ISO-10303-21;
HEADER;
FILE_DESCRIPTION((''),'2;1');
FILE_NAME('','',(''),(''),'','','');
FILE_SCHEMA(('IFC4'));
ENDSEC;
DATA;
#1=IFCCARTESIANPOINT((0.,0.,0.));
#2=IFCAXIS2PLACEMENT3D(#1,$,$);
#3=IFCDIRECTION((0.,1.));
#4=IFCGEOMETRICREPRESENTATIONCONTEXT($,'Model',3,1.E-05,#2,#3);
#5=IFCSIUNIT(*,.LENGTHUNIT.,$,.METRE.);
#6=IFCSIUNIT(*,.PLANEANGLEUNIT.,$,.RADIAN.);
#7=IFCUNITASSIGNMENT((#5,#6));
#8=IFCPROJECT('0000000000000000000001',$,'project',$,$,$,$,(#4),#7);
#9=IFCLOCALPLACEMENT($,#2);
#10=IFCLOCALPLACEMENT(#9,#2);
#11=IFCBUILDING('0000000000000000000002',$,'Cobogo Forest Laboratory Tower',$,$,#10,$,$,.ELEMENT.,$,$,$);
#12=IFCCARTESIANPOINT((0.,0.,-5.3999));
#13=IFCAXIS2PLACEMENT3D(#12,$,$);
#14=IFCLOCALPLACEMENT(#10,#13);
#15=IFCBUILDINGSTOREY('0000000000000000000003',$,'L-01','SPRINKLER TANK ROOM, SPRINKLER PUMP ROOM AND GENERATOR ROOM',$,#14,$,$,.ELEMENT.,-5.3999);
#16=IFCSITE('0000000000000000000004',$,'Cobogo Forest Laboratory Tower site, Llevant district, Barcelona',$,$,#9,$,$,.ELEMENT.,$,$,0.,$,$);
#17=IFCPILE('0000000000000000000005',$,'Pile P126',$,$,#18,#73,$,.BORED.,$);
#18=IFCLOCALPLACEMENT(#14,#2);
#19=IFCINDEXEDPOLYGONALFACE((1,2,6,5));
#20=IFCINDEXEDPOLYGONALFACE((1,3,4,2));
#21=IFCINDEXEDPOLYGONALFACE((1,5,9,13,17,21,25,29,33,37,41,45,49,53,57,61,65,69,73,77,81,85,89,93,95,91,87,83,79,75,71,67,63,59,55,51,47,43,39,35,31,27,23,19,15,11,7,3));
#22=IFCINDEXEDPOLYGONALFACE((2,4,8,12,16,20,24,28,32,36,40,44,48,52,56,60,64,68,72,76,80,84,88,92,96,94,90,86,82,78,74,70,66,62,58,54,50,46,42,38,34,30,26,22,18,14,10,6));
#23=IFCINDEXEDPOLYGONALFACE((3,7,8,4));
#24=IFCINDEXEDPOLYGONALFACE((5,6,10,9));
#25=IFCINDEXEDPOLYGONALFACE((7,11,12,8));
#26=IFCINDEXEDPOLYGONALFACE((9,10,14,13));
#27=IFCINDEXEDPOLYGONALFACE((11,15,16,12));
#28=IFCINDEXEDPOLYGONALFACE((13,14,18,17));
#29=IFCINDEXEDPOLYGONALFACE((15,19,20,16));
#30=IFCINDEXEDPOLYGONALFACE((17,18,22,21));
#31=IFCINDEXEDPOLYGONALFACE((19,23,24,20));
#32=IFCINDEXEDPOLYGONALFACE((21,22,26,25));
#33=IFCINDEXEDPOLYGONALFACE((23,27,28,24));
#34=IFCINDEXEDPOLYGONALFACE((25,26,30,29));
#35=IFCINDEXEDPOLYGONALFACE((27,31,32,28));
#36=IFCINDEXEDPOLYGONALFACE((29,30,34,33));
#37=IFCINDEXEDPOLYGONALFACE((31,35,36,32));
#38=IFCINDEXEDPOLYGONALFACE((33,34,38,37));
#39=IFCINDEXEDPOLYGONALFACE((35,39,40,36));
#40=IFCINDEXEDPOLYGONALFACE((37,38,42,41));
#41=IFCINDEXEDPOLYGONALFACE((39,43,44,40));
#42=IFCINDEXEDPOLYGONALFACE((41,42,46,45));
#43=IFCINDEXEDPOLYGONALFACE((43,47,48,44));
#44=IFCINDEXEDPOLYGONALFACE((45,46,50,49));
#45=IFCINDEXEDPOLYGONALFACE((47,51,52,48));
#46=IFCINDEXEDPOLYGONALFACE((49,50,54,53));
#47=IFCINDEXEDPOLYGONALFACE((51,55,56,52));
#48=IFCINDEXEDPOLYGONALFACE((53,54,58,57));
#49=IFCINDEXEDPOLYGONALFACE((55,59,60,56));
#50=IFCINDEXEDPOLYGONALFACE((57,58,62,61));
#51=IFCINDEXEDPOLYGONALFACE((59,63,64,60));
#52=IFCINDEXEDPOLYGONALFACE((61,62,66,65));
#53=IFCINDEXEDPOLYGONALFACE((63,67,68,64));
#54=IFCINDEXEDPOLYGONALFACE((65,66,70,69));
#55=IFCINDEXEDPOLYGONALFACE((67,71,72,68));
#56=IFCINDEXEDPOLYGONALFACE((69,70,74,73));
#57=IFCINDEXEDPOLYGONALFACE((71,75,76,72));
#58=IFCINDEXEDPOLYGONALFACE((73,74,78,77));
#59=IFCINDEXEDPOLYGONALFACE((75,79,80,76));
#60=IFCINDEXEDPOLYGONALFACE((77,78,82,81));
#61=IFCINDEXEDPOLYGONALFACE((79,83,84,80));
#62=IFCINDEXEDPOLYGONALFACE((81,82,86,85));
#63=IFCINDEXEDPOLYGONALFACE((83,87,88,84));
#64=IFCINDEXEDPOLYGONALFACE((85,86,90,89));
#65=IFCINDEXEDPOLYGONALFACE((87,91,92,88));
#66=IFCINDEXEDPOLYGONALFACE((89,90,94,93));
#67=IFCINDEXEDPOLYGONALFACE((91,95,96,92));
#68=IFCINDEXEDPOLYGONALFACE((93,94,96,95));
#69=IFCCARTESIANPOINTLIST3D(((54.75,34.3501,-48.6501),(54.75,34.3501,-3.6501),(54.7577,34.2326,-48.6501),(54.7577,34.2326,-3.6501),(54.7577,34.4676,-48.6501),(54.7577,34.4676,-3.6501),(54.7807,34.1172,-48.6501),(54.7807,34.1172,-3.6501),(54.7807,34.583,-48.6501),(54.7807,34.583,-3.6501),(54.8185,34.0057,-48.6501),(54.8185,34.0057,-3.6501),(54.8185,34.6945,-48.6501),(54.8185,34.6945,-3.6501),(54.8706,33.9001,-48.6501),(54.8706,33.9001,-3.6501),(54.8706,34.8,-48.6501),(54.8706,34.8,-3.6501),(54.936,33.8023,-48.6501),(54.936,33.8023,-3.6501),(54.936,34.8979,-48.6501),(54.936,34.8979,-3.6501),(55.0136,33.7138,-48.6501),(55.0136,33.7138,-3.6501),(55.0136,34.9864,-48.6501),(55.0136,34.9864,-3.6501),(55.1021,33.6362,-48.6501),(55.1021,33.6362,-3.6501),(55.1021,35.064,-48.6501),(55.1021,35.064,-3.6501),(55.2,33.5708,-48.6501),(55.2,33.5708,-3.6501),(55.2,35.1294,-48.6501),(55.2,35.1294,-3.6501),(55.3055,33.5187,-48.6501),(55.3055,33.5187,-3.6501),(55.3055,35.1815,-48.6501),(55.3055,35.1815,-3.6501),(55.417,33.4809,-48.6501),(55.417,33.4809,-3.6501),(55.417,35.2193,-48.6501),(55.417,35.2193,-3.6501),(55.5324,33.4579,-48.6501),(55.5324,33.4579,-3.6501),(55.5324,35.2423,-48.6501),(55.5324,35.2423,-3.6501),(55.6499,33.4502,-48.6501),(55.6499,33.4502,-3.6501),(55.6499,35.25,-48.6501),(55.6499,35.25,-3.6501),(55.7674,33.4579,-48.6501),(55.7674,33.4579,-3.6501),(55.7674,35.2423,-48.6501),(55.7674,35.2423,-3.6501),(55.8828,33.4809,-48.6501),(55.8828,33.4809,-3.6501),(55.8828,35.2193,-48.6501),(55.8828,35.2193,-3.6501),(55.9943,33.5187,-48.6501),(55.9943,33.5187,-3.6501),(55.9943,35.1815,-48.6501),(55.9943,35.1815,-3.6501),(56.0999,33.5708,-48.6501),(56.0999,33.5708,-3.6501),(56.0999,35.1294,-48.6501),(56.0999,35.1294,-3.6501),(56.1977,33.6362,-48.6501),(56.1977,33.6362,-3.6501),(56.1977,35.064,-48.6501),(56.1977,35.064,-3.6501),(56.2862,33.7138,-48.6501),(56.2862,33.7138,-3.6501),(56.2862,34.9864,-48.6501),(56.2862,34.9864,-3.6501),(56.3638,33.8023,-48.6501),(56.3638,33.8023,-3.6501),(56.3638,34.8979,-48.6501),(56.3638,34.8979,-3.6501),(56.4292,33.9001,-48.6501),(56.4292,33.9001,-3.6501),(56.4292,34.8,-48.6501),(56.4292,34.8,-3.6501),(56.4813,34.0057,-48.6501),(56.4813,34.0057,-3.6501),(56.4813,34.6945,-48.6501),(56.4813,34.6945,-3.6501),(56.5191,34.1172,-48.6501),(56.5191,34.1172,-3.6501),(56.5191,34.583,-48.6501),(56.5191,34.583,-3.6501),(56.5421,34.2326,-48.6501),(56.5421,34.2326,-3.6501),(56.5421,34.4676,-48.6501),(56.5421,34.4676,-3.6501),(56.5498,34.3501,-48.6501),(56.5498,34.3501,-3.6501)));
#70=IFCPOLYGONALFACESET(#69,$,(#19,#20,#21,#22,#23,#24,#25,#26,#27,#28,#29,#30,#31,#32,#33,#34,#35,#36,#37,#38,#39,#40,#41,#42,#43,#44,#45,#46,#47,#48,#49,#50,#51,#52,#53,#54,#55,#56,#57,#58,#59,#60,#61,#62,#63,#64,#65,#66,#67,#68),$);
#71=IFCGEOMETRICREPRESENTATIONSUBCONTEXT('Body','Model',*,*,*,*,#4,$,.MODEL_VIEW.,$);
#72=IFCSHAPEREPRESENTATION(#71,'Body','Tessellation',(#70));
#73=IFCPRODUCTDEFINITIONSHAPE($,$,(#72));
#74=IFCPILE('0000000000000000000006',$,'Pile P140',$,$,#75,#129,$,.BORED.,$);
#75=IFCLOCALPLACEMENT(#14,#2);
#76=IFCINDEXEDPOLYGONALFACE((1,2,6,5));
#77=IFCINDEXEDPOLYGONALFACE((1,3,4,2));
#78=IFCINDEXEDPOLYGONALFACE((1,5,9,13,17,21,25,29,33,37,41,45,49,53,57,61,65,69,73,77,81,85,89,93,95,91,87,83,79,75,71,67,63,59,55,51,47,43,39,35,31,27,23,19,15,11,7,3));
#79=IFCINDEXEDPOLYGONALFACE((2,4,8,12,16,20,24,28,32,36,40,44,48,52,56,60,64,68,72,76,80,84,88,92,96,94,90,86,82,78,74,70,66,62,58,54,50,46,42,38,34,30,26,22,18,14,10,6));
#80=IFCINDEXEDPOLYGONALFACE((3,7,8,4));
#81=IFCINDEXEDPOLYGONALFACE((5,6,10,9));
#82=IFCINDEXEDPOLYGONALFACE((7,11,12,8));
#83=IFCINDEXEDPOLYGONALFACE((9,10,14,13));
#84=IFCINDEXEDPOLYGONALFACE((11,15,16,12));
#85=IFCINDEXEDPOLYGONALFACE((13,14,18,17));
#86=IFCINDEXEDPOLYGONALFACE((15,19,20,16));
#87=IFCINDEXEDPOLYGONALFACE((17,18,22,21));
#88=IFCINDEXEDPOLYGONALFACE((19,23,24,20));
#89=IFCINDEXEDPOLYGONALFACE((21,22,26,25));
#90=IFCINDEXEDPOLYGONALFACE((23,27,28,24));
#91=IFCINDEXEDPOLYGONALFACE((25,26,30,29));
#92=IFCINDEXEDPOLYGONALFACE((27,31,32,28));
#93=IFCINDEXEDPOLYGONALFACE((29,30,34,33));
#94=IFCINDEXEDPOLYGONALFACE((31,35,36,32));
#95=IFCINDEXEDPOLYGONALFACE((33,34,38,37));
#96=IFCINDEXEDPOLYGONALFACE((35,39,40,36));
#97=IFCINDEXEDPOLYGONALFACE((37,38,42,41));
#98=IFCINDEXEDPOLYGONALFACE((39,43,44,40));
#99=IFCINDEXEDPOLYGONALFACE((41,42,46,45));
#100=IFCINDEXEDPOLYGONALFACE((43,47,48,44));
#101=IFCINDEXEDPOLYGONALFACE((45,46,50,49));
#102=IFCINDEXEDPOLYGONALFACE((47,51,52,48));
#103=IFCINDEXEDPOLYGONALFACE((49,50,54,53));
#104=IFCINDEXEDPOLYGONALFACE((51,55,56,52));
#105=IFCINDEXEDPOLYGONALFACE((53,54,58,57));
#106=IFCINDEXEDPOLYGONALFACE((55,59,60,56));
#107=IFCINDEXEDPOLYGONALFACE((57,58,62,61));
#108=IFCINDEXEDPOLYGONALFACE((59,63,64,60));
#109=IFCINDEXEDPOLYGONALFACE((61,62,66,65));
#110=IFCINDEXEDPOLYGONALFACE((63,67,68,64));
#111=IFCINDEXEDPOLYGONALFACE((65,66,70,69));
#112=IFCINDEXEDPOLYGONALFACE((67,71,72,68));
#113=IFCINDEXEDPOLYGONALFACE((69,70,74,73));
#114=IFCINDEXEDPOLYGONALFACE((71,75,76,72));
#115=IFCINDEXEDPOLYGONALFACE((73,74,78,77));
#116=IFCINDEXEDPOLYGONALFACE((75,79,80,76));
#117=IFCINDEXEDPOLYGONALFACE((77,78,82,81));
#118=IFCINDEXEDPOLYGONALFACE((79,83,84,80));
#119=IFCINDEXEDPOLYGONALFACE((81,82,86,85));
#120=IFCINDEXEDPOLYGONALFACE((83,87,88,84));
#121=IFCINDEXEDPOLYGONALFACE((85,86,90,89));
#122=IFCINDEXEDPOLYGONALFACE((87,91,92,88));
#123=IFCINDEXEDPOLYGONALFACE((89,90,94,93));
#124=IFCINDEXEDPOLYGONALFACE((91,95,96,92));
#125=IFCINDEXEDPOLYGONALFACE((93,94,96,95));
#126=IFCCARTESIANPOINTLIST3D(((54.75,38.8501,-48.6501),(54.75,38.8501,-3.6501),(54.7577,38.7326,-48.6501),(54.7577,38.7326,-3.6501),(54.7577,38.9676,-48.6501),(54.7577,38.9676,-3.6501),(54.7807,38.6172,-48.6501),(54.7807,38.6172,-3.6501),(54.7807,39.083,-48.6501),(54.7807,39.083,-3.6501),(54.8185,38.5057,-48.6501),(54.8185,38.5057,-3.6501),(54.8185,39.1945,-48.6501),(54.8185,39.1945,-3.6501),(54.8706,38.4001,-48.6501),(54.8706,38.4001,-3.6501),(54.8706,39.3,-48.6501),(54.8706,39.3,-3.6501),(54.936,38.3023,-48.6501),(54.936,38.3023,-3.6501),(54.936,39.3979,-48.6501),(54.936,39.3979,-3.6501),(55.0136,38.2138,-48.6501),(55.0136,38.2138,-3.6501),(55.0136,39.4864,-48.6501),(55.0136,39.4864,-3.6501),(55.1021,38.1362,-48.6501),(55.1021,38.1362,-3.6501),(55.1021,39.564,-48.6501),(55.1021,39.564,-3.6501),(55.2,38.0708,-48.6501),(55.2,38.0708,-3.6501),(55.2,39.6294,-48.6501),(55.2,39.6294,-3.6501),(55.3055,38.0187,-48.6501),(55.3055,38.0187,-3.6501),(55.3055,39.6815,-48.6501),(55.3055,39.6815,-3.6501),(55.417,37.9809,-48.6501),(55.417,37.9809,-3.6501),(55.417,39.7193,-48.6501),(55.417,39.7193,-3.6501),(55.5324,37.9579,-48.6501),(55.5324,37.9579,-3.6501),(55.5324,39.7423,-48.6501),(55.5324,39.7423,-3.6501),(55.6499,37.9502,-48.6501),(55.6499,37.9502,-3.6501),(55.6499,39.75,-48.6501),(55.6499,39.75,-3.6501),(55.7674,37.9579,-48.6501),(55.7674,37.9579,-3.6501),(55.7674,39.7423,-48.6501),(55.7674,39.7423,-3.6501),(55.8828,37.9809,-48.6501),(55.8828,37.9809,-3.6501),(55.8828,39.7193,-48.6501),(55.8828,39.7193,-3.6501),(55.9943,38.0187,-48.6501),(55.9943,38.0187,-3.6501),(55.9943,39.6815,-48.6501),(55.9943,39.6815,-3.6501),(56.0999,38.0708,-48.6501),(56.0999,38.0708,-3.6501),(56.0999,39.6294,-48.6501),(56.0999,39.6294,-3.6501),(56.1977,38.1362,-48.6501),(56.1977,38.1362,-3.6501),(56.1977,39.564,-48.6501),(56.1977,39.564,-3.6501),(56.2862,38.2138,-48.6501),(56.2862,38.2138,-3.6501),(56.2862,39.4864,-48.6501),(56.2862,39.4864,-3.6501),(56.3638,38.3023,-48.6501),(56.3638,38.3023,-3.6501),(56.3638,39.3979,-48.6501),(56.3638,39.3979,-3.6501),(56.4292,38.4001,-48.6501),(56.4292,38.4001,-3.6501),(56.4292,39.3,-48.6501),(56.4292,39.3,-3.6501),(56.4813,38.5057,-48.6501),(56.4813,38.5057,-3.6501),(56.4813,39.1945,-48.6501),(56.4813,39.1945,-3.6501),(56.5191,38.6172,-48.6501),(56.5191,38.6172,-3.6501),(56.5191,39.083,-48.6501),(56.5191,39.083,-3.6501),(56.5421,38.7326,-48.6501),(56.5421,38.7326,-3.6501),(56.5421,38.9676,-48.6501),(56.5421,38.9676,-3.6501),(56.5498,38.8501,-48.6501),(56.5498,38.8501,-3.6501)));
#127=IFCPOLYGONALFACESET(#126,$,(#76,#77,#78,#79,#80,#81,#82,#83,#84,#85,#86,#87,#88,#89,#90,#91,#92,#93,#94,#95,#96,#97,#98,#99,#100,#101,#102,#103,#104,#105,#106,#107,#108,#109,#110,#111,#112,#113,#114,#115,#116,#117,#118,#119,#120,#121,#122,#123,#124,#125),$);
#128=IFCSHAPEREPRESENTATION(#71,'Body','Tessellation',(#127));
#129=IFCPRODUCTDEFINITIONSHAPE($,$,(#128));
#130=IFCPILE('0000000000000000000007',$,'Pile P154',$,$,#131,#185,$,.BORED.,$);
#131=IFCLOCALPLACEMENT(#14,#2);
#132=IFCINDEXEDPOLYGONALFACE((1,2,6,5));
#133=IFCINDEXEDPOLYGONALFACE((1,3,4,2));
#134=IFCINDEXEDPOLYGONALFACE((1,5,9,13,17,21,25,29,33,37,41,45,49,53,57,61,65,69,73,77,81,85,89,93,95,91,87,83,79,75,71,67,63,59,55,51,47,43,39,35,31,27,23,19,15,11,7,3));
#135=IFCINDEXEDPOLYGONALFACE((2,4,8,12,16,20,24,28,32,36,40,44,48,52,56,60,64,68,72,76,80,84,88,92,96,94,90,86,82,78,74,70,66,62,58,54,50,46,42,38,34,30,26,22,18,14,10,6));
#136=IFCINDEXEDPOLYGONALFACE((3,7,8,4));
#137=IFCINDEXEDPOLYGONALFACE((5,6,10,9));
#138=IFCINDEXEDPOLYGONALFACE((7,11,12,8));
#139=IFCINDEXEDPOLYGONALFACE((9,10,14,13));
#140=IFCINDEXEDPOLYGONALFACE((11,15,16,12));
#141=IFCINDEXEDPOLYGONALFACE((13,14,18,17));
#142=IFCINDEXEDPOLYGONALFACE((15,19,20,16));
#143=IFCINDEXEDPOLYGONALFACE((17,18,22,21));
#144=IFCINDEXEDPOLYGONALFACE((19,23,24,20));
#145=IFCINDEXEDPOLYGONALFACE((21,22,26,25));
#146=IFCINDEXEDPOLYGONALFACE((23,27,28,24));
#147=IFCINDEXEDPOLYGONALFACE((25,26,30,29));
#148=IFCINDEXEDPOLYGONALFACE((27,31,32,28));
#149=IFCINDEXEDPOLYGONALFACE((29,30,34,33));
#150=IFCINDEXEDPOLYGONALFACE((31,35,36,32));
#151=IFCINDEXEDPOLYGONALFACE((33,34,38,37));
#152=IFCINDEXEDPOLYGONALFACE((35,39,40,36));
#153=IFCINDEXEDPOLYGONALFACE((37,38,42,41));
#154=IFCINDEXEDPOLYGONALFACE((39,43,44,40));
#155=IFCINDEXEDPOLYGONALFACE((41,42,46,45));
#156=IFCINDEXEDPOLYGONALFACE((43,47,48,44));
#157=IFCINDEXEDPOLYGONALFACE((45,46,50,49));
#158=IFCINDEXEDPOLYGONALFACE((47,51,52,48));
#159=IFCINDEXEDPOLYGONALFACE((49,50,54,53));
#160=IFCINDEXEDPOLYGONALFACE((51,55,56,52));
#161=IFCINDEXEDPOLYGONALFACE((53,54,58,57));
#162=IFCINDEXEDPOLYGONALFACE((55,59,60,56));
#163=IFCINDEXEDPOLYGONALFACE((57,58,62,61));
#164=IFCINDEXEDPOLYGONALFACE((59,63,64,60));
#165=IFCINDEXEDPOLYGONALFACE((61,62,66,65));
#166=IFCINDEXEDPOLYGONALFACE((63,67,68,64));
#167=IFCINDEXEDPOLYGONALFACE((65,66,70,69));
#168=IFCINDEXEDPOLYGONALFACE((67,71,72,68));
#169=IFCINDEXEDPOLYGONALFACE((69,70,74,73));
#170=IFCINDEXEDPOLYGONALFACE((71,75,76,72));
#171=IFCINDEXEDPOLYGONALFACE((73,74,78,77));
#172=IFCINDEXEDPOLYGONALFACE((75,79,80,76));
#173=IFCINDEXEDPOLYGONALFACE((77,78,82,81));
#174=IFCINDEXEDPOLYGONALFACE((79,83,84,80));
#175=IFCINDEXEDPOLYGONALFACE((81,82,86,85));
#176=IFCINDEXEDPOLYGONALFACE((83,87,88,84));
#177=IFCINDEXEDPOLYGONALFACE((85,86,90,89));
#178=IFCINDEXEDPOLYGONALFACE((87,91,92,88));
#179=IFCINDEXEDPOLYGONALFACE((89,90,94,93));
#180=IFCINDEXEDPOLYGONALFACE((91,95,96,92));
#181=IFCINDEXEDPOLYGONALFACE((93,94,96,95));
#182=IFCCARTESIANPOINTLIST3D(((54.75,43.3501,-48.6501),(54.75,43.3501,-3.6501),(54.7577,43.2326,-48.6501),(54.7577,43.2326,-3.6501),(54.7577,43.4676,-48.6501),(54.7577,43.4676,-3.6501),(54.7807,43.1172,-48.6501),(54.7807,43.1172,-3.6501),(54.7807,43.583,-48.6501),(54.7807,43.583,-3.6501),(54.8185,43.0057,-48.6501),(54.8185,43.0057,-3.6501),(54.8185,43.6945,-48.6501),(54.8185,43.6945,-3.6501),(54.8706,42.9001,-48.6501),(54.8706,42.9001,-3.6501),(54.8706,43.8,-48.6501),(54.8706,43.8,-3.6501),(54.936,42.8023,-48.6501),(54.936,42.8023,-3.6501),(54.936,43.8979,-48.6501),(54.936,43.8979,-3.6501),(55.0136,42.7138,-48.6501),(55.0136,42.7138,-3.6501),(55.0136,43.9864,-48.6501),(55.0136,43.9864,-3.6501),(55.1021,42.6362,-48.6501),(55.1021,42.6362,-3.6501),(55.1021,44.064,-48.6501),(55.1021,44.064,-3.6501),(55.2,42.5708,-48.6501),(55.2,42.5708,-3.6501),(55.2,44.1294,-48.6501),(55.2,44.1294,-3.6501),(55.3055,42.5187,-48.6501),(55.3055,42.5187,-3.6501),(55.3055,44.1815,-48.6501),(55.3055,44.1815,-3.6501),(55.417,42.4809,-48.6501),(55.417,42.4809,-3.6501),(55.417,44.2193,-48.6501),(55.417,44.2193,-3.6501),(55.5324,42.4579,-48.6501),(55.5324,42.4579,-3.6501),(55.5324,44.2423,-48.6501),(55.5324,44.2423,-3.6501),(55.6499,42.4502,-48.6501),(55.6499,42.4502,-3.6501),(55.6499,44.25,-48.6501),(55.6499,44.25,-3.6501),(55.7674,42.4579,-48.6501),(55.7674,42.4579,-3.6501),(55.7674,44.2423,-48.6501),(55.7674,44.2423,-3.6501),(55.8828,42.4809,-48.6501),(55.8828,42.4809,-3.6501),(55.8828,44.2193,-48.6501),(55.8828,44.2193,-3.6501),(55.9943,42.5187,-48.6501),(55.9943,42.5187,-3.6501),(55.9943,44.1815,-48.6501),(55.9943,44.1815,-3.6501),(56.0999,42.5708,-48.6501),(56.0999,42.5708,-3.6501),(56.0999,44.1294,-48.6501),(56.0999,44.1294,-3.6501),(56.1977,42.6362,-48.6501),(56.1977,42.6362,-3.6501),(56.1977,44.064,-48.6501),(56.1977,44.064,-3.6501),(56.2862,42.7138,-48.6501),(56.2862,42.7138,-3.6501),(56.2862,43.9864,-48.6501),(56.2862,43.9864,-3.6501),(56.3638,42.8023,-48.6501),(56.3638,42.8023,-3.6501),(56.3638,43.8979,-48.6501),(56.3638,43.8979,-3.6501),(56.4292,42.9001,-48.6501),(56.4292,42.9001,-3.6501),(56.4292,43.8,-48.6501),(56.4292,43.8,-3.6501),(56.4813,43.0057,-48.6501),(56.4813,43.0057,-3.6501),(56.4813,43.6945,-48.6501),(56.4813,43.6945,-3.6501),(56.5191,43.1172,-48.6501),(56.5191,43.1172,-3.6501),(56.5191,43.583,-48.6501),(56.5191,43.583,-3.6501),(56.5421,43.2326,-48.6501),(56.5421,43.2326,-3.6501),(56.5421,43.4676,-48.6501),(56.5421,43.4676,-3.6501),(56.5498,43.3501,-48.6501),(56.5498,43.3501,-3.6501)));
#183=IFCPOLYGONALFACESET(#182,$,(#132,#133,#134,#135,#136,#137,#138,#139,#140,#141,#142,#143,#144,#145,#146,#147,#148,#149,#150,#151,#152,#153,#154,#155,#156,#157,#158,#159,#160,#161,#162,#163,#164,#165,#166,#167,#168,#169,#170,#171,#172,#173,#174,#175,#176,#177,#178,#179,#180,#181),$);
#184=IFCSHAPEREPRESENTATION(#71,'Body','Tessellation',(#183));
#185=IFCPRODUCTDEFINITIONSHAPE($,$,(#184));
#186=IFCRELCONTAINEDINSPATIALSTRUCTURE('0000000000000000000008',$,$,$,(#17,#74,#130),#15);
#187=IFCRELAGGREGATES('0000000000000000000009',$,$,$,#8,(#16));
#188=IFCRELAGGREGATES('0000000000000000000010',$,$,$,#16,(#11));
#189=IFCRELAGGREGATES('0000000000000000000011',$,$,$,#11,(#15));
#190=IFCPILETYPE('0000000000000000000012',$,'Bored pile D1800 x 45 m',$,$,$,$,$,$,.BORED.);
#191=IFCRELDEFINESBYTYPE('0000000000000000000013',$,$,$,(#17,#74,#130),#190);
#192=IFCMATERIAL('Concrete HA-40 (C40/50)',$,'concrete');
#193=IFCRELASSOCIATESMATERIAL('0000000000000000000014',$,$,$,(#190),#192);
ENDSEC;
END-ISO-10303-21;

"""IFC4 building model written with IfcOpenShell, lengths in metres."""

from ifc_helpers import new_model, si_unit, direction, frame, origin, origin_2d, place, context, subcontext, project, spatial, circle, extrude, material, material_profile, profile_set, type_object, element, save


model = new_model("IFC4")

# Units and contexts
model_context = context("Model", 3, precision=1e-05, world=origin(), true_north=direction((0.0, 1.0)))
body_context = subcontext(model_context, "Body", "Model", "MODEL_VIEW")
ifc_project = project(units=[si_unit("LENGTHUNIT", "METRE"), si_unit("PLANEANGLEUNIT", "RADIAN")], contexts=[model_context])

# Site, building, storey
site_placement = place(None, origin())
site = spatial("IfcSite", under=ifc_project, at=site_placement, Name="Cobogo Forest Laboratory Tower site, Llevant district, Barcelona", CompositionType="ELEMENT", RefElevation=0.0)
building_placement = place(site_placement, origin())
building = spatial("IfcBuilding", under=site, at=building_placement, Name="Cobogo Forest Laboratory Tower", CompositionType="ELEMENT")
storey_placement = place(building_placement, frame((0.0, 0.0, -5.3999)))
storey = spatial("IfcBuildingStorey", under=building, at=storey_placement, Name="L-01", Description="SPRINKLER TANK ROOM, SPRINKLER PUMP ROOM AND GENERATOR ROOM", CompositionType="ELEMENT", Elevation=-5.3999)

# Piles
ifc_material_1 = material(Name="Concrete HA-40 (C40/50)", Category="concrete")
ifc_material_profile_1 = material_profile(ifc_material_1, circle(Radius=0.8999, at=origin_2d()), Name="PILE D1800")
ifc_profile_set_1 = profile_set([ifc_material_profile_1], Name="Concrete HA-40 (C40/50)")
pile_type_1 = type_object("IfcPileType", Name="Bored pile D1800 x 45 m", PredefinedType="BORED", material=ifc_profile_set_1)
for number, where, z_axis, x_axis, name in (
    (1, (55.6499, 34.3501, -3.6501), (0.0, 0.0, -1.0), (1.0, 0.0, 0.0), "Pile P126"),
    (2, (55.6499, 38.8501, -3.6501), (0.0, 0.0, -1.0), (1.0, 0.0, 0.0), "Pile P140"),
    (3, (55.6499, 43.3501, -3.6501), (0.0, 0.0, -1.0), (1.0, 0.0, 0.0), "Pile P154"),
):
    element("IfcPile", number, at=place(storey_placement, frame(where, z_axis=z_axis, x_axis=x_axis)), inside=storey, type_object=pile_type_1, Name=name, PredefinedType="BORED", context=body_context, shape_type="SweptSolid", body=[
        extrude(circle(Radius=0.8999, at=origin_2d()), origin(), (0.0, 0.0, 1.0), 45.0),
    ])

save(model, "model.ifc")
